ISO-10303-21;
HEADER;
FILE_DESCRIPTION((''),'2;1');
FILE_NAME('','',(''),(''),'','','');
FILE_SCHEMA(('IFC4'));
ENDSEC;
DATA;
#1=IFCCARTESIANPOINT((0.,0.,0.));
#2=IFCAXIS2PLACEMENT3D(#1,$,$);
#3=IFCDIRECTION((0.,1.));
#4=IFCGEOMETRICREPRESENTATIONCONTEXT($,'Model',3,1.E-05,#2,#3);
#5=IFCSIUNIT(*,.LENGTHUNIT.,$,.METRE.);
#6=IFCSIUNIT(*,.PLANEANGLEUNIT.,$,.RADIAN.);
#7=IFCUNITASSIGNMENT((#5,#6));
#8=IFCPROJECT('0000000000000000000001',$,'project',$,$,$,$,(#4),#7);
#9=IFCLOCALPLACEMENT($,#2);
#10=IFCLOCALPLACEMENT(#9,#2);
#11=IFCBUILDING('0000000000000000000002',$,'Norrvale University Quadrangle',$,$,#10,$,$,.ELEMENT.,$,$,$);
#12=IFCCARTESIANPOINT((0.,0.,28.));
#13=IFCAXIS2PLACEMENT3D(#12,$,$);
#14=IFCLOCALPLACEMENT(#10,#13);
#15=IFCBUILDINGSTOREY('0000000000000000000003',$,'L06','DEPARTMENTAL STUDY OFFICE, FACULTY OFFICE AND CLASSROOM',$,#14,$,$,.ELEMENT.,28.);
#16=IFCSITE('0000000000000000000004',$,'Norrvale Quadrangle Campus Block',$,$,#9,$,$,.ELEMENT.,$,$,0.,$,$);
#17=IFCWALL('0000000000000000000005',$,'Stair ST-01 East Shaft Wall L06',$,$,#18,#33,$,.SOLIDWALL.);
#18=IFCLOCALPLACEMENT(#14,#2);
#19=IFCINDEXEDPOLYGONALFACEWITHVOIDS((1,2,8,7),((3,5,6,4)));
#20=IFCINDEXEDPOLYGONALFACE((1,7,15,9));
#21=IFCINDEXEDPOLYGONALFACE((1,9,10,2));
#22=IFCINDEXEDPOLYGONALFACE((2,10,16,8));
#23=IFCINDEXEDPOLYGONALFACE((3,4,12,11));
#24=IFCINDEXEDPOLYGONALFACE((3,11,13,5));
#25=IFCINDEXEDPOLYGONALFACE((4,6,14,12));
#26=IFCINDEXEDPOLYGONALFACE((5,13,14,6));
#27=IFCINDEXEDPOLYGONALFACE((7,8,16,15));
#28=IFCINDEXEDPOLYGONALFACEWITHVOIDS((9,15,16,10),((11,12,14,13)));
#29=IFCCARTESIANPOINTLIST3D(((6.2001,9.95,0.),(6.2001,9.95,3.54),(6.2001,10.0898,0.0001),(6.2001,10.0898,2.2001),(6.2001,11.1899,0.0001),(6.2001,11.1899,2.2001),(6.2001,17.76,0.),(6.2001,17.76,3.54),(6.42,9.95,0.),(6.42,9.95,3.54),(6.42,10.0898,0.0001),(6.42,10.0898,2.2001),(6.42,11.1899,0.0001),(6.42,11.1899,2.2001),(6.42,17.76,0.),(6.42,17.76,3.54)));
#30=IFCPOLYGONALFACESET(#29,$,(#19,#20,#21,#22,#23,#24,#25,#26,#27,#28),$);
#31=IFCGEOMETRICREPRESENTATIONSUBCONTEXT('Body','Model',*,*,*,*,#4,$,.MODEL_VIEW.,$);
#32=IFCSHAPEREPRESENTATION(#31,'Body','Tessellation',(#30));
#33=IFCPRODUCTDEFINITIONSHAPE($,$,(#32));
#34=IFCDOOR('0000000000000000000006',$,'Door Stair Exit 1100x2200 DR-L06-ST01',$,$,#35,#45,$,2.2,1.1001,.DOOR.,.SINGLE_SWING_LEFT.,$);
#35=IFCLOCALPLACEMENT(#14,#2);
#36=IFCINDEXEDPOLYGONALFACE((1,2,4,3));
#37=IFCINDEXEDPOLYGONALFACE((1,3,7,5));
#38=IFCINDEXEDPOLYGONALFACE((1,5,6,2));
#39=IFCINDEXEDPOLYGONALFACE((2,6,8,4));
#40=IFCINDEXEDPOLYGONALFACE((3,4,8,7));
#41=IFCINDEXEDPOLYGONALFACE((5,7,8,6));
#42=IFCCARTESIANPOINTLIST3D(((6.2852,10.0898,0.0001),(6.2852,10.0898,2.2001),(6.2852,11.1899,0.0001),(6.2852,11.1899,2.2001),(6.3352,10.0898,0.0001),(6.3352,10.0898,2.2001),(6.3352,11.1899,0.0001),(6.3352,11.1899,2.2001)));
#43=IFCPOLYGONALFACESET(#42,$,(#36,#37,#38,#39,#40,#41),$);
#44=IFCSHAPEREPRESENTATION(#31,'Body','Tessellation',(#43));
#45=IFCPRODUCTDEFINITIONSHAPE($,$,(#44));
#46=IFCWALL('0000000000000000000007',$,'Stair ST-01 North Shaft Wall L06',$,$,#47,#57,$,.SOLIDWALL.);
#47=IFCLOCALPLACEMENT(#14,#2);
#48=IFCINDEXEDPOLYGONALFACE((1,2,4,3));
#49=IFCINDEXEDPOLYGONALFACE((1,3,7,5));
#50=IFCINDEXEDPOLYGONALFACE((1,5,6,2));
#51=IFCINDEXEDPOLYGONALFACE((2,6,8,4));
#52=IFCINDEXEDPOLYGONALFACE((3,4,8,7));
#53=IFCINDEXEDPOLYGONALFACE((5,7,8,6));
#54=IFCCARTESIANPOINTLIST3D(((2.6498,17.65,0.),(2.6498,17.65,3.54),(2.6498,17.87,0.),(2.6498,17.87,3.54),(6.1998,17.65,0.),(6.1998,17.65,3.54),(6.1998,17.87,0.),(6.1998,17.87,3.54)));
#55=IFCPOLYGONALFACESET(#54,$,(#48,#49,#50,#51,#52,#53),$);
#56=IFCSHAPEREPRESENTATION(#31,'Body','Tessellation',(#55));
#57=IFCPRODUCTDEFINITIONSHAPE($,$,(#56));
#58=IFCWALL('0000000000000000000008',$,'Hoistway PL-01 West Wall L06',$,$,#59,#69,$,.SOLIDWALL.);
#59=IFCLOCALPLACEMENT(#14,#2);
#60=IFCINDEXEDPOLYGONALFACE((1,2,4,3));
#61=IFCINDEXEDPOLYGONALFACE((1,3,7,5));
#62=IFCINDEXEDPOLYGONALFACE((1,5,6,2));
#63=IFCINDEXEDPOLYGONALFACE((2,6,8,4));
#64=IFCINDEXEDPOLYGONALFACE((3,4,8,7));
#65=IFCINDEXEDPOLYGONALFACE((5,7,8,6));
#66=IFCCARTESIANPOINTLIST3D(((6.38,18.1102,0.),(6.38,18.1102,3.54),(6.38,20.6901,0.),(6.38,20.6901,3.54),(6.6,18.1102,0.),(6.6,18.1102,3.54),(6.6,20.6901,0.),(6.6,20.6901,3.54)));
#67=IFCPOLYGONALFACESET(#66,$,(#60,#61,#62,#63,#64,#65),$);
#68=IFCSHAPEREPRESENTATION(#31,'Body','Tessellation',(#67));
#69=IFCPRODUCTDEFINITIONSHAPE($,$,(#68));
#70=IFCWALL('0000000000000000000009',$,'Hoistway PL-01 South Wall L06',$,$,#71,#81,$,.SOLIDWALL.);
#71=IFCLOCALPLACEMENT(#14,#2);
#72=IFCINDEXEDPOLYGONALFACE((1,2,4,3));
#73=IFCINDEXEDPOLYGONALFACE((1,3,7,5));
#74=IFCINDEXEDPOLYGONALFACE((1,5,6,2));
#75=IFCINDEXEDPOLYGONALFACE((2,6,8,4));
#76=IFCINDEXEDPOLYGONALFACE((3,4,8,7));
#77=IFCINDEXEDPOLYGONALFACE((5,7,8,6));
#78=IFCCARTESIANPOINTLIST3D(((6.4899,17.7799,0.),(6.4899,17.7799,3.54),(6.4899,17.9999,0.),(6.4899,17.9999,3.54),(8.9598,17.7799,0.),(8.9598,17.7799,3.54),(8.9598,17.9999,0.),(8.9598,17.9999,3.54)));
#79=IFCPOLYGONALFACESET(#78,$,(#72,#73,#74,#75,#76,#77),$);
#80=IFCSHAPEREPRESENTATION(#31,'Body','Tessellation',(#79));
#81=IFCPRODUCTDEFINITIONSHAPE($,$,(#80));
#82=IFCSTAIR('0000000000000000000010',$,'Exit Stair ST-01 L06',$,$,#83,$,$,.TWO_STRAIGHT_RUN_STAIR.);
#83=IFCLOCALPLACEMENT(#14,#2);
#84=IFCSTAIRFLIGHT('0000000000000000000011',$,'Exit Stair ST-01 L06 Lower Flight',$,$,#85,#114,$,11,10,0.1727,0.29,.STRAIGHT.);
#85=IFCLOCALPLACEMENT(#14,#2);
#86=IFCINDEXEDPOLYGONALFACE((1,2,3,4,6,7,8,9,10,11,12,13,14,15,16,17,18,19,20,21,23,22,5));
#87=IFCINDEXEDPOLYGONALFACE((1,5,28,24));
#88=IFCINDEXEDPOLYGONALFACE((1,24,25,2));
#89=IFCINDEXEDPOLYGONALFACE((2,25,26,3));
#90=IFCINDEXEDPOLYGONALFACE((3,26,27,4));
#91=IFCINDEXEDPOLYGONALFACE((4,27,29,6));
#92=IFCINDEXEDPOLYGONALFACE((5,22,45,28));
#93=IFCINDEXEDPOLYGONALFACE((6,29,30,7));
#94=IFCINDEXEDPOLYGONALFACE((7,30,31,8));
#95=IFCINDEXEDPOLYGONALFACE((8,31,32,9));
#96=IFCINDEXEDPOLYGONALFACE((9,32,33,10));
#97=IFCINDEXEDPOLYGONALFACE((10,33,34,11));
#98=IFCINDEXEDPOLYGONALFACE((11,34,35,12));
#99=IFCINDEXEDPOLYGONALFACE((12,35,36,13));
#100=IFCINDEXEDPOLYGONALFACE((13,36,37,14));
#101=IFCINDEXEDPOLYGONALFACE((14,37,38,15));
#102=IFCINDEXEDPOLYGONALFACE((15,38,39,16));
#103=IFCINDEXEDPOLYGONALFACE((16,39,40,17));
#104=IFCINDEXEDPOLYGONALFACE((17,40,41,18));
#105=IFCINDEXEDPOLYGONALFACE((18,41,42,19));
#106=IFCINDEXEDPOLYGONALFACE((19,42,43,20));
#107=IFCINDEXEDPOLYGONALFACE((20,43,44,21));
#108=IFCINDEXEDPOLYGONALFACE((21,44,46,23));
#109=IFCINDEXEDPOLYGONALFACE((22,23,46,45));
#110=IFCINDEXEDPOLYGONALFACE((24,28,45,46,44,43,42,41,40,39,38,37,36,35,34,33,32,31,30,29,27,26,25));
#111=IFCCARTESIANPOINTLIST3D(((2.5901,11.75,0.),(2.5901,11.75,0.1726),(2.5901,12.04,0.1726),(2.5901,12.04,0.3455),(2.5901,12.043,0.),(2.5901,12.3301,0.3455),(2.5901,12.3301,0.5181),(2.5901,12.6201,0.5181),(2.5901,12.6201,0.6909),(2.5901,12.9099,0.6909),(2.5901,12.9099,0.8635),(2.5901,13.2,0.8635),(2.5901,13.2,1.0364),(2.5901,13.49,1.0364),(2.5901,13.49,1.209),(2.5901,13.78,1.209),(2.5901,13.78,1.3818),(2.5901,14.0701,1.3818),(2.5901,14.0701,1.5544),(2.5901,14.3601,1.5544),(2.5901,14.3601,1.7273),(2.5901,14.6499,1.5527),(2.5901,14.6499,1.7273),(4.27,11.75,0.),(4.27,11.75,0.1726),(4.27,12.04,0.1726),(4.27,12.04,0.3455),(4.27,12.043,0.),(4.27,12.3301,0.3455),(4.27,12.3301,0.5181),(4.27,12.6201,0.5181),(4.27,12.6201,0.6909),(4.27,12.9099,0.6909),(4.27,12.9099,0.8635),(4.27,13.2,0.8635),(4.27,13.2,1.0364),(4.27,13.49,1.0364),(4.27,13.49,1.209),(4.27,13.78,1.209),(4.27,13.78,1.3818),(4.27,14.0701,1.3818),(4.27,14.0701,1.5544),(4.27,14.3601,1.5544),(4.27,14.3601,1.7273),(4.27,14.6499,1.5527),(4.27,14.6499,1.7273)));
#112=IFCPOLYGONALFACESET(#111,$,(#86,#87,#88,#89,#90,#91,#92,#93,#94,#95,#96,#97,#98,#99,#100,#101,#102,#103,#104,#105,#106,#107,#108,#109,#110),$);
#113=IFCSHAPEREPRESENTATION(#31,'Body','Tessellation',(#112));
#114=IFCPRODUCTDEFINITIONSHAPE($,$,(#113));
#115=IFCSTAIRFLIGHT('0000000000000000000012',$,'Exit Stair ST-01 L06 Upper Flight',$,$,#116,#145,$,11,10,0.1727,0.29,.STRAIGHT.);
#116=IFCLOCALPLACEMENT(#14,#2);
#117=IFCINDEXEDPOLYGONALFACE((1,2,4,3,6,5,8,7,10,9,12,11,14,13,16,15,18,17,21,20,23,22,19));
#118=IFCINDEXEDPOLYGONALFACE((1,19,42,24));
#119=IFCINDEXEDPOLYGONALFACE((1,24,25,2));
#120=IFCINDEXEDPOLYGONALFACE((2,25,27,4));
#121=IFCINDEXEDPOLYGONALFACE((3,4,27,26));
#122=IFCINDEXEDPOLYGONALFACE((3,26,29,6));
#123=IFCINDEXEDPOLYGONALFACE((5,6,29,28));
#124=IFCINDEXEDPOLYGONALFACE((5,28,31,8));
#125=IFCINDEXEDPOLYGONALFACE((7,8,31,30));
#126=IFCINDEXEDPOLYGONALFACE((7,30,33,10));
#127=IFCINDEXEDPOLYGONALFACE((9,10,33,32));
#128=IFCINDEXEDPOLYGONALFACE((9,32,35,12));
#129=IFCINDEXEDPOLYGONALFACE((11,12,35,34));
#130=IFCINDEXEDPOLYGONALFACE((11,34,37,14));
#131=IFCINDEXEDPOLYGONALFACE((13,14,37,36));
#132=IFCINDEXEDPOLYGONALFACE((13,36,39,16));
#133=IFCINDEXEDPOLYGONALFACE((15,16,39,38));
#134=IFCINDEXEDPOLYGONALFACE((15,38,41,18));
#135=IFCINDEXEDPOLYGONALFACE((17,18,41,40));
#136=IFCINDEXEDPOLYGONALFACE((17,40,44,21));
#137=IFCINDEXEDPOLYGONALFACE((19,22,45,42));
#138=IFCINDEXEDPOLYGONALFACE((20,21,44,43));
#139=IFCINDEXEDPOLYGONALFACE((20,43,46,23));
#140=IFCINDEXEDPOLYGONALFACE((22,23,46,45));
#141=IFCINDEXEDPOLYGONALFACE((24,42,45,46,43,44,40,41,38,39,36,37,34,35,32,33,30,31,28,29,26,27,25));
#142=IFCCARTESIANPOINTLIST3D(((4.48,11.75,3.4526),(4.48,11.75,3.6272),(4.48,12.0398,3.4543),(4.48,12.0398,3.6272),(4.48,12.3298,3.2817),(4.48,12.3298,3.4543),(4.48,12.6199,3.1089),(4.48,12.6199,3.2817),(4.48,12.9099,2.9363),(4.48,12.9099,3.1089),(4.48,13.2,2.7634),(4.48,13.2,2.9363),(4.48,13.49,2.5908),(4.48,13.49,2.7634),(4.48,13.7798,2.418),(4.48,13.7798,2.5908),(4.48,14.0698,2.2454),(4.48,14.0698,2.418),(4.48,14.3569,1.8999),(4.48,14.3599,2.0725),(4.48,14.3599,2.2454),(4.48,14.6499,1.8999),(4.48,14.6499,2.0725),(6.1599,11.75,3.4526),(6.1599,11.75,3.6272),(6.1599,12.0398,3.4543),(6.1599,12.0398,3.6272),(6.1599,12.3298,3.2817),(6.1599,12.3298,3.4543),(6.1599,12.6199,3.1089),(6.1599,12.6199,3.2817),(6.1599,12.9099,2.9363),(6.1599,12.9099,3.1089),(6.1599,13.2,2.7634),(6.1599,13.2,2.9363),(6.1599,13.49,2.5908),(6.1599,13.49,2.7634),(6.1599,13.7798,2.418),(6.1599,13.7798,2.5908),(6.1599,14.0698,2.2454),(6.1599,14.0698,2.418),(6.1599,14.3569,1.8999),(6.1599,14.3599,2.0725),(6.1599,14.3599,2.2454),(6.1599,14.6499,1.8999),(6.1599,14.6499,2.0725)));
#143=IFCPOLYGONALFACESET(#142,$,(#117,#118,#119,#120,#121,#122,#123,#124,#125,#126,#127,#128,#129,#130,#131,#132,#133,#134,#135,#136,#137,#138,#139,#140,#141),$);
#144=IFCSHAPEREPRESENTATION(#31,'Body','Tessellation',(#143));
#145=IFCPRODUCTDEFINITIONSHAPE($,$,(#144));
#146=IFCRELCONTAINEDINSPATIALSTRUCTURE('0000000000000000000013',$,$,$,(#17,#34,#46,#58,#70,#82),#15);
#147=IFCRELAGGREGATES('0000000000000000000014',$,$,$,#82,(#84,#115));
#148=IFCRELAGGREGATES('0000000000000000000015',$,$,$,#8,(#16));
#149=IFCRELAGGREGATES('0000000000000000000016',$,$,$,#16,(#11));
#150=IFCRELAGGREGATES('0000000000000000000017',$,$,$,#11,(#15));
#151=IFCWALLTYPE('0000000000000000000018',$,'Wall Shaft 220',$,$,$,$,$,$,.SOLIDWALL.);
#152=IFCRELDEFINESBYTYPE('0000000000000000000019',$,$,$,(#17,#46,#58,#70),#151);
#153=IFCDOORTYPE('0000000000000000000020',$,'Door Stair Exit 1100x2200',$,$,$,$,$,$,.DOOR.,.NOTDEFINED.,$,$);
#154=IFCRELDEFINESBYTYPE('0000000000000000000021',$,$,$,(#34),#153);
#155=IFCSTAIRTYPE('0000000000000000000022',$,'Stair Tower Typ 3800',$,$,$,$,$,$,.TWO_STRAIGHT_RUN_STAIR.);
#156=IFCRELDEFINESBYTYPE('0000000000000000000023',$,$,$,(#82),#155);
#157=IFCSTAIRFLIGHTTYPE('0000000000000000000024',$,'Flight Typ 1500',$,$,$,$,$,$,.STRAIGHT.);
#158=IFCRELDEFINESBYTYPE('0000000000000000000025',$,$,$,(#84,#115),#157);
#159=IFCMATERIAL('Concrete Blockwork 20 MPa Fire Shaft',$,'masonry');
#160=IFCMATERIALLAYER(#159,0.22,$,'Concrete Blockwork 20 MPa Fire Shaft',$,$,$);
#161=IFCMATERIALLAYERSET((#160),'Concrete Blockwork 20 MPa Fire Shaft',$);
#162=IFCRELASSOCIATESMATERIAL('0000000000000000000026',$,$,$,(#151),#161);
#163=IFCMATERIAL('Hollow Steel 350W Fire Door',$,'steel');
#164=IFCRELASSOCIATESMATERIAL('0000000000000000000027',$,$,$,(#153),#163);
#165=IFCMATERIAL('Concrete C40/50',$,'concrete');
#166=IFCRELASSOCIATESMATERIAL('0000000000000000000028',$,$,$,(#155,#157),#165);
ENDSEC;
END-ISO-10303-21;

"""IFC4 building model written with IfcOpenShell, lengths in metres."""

from ifc_helpers import new_model, si_unit, direction, frame, frame_2d, origin, place, context, subcontext, project, spatial, polyline, rectangle, outline, extrude, material, layer, layer_set, type_object, element, fill, aggregate, save


model = new_model("IFC4")

# Units and contexts
model_context = context("Model", 3, precision=1e-05, world=origin(), true_north=direction((0.0, 1.0)))
body_context = subcontext(model_context, "Body", "Model", "MODEL_VIEW")
ifc_project = project(units=[si_unit("LENGTHUNIT", "METRE"), si_unit("PLANEANGLEUNIT", "RADIAN")], contexts=[model_context])

# Site, building, storey
site_placement = place(None, origin())
site = spatial("IfcSite", under=ifc_project, at=site_placement, Name="Norrvale Quadrangle Campus Block", CompositionType="ELEMENT", RefElevation=0.0)
building_placement = place(site_placement, origin())
building = spatial("IfcBuilding", under=site, at=building_placement, Name="Norrvale University Quadrangle", CompositionType="ELEMENT")
storey_placement = place(building_placement, frame((0.0, 0.0, 28.0)))
storey = spatial("IfcBuildingStorey", under=building, at=storey_placement, Name="L06", Description="DEPARTMENTAL STUDY OFFICE, FACULTY OFFICE AND CLASSROOM", CompositionType="ELEMENT", Elevation=28.0)

# Wall, opening, door
ifc_material_1 = material(Name="Concrete Blockwork 20 MPa Fire Shaft", Category="masonry")
ifc_layer_1 = layer(ifc_material_1, 0.22, Name="Concrete Blockwork 20 MPa Fire Shaft")
ifc_layer_set_1 = layer_set([ifc_layer_1], Name="Concrete Blockwork 20 MPa Fire Shaft")
wall_type_1 = type_object("IfcWallType", Name="Wall Shaft 220", PredefinedType="SOLIDWALL", material=ifc_layer_set_1)
wall_1_placement = place(storey_placement, frame((6.3101, 9.95, 0.0), z_axis=(0.0, 0.0, 1.0), x_axis=(0.0, 1.0, 0.0)))
wall_1 = element("IfcWall", 1, at=wall_1_placement, inside=storey, type_object=wall_type_1, Name="Stair ST-01 East Shaft Wall L06", PredefinedType="SOLIDWALL", context=body_context, shape_type="SweptSolid", body=[
    extrude(rectangle(XDim=7.8101, YDim=0.22, at=frame_2d((3.905, 0.0))), origin(), (0.0, 0.0, 1.0), 3.54),
])
opening_1_placement = place(wall_1_placement, frame((0.1399, 0.0, 0.0)))
opening_1 = element("IfcOpeningElement", 2, at=opening_1_placement, cuts=wall_1, PredefinedType="OPENING", context=body_context, shape_type="SweptSolid", body=[
    extrude(rectangle(XDim=1.1001, YDim=2.2, at=frame_2d((0.55, 1.1001))), frame((0.0, 0.1221, 0.0), z_axis=(0.0, -1.0, 0.0), x_axis=(1.0, 0.0, 0.0)), (0.0, 0.0, 1.0), 0.2439),
])
ifc_material_2 = material(Name="Hollow Steel 350W Fire Door", Category="steel")
door_type_1 = type_object("IfcDoorType", Name="Door Stair Exit 1100x2200", OperationType="NOTDEFINED", PredefinedType="DOOR", material=ifc_material_2)
door_1_placement = place(opening_1_placement, origin())
door_1 = element("IfcDoor", 3, at=door_1_placement, inside=storey, type_object=door_type_1, Name="Door Stair Exit 1100x2200 DR-L06-ST01", OperationType="SINGLE_SWING_LEFT", OverallHeight=2.2, OverallWidth=1.1001, PredefinedType="DOOR", context=body_context, shape_type="SweptSolid", body=[
    extrude(rectangle(XDim=1.1001, YDim=2.2, at=frame_2d((0.55, 1.1001))), frame((0.0, 0.0249, 0.0), z_axis=(0.0, -1.0, 0.0), x_axis=(1.0, 0.0, 0.0)), (0.0, 0.0, 1.0), 0.05),
])
fill(opening_1, door_1)

# Walls
wall_2_placement = place(storey_placement, frame((2.6499, 17.76, 0.0), z_axis=(0.0, 0.0, 1.0), x_axis=(1.0, 0.0, 0.0)))
element("IfcWall", 4, at=wall_2_placement, inside=storey, type_object=wall_type_1, Name="Stair ST-01 North Shaft Wall L06", PredefinedType="SOLIDWALL", context=body_context, shape_type="SweptSolid", body=[
    extrude(rectangle(XDim=3.55, YDim=0.22, at=frame_2d((1.7749, 0.0))), origin(), (0.0, 0.0, 1.0), 3.54),
])
wall_3_placement = place(storey_placement, frame((6.49, 18.1101, 0.0), z_axis=(0.0, 0.0, 1.0), x_axis=(0.0, 1.0, 0.0)))
element("IfcWall", 5, at=wall_3_placement, inside=storey, type_object=wall_type_1, Name="Hoistway PL-01 West Wall L06", PredefinedType="SOLIDWALL", context=body_context, shape_type="SweptSolid", body=[
    extrude(rectangle(XDim=2.5798, YDim=0.22, at=frame_2d((1.29, 0.0))), origin(), (0.0, 0.0, 1.0), 3.54),
])
wall_4_placement = place(storey_placement, frame((6.49, 17.8899, 0.0), z_axis=(0.0, 0.0, 1.0), x_axis=(1.0, 0.0, 0.0)))
element("IfcWall", 6, at=wall_4_placement, inside=storey, type_object=wall_type_1, Name="Hoistway PL-01 South Wall L06", PredefinedType="SOLIDWALL", context=body_context, shape_type="SweptSolid", body=[
    extrude(rectangle(XDim=2.47, YDim=0.22, at=frame_2d((1.2349, 0.0))), origin(), (0.0, 0.0, 1.0), 3.54),
])

# Stair, stair flights
ifc_material_3 = material(Name="Concrete C40/50", Category="concrete")
stair_type = type_object("IfcStairType", Name="Stair Tower Typ 3800", PredefinedType="TWO_STRAIGHT_RUN_STAIR", material=ifc_material_3)
stair_placement = place(storey_placement, origin())
stair = element("IfcStair", 7, at=stair_placement, inside=storey, type_object=stair_type, Name="Exit Stair ST-01 L06", PredefinedType="TWO_STRAIGHT_RUN_STAIR")
stair_flight_type = type_object("IfcStairFlightType", Name="Flight Typ 1500", PredefinedType="STRAIGHT", material=ifc_material_3)
stair_flight_1_placement = place(storey_placement, frame((3.4299, 11.75, 0.0), z_axis=(0.0, 0.0, 1.0), x_axis=(0.0, 1.0, 0.0)))
stair_flight_1 = element("IfcStairFlight", 8, at=stair_flight_1_placement, type_object=stair_flight_type, Name="Exit Stair ST-01 L06 Lower Flight", NumberOfRisers=11, NumberOfTreads=10, PredefinedType="STRAIGHT", RiserHeight=0.1727, TreadLength=0.29, context=body_context, shape_type="SweptSolid", body=[
    extrude(outline(polyline([(0.0, 0.0), (0.0, 0.1726), (0.29, 0.1726), (0.29, 0.3455), (0.5801, 0.3455), (0.5801, 0.5181), (0.8701, 0.5181), (0.8701, 0.6909), (1.1599, 0.6909), (1.1599, 0.8635), (1.45, 0.8635), (1.45, 1.0364), (1.74, 1.0364), (1.74, 1.209), (2.03, 1.209), (2.03, 1.3818), (2.3201, 1.3818), (2.3201, 1.5544), (2.6101, 1.5544), (2.6101, 1.7273), (2.8999, 1.7273), (2.8999, 1.8999), (2.8999, 1.5527), (0.293, 0.0), (0.0, 0.0)])), frame((0.0, 0.8398, 0.0), z_axis=(0.0, -1.0, 0.0), x_axis=(1.0, 0.0, 0.0)), (0.0, 0.0, 1.0), 1.6799),
])
stair_flight_2_placement = place(storey_placement, frame((5.3201, 14.6499, 1.8999), z_axis=(0.0, 0.0, 1.0), x_axis=(0.0, -1.0, 0.0)))
stair_flight_2 = element("IfcStairFlight", 9, at=stair_flight_2_placement, type_object=stair_flight_type, Name="Exit Stair ST-01 L06 Upper Flight", NumberOfRisers=11, NumberOfTreads=10, PredefinedType="STRAIGHT", RiserHeight=0.1727, TreadLength=0.29, context=body_context, shape_type="SweptSolid", body=[
    extrude(outline(polyline([(0.0, 0.0), (0.0, 0.1726), (0.29, 0.1726), (0.29, 0.3455), (0.5801, 0.3455), (0.5801, 0.5181), (0.8701, 0.5181), (0.8701, 0.6909), (1.1599, 0.6909), (1.1599, 0.8635), (1.45, 0.8635), (1.45, 1.0364), (1.74, 1.0364), (1.74, 1.209), (2.03, 1.209), (2.03, 1.3818), (2.3201, 1.3818), (2.3201, 1.5544), (2.6101, 1.5544), (2.6101, 1.7273), (2.8999, 1.7273), (2.8999, 1.8999), (2.8999, 1.5527), (0.293, 0.0), (0.0, 0.0)])), frame((0.0, 0.8398, 0.0), z_axis=(0.0, -1.0, 0.0), x_axis=(1.0, 0.0, 0.0)), (0.0, 0.0, 1.0), 1.6799),
])
aggregate(stair, [stair_flight_1, stair_flight_2])

save(model, "model.ifc")
